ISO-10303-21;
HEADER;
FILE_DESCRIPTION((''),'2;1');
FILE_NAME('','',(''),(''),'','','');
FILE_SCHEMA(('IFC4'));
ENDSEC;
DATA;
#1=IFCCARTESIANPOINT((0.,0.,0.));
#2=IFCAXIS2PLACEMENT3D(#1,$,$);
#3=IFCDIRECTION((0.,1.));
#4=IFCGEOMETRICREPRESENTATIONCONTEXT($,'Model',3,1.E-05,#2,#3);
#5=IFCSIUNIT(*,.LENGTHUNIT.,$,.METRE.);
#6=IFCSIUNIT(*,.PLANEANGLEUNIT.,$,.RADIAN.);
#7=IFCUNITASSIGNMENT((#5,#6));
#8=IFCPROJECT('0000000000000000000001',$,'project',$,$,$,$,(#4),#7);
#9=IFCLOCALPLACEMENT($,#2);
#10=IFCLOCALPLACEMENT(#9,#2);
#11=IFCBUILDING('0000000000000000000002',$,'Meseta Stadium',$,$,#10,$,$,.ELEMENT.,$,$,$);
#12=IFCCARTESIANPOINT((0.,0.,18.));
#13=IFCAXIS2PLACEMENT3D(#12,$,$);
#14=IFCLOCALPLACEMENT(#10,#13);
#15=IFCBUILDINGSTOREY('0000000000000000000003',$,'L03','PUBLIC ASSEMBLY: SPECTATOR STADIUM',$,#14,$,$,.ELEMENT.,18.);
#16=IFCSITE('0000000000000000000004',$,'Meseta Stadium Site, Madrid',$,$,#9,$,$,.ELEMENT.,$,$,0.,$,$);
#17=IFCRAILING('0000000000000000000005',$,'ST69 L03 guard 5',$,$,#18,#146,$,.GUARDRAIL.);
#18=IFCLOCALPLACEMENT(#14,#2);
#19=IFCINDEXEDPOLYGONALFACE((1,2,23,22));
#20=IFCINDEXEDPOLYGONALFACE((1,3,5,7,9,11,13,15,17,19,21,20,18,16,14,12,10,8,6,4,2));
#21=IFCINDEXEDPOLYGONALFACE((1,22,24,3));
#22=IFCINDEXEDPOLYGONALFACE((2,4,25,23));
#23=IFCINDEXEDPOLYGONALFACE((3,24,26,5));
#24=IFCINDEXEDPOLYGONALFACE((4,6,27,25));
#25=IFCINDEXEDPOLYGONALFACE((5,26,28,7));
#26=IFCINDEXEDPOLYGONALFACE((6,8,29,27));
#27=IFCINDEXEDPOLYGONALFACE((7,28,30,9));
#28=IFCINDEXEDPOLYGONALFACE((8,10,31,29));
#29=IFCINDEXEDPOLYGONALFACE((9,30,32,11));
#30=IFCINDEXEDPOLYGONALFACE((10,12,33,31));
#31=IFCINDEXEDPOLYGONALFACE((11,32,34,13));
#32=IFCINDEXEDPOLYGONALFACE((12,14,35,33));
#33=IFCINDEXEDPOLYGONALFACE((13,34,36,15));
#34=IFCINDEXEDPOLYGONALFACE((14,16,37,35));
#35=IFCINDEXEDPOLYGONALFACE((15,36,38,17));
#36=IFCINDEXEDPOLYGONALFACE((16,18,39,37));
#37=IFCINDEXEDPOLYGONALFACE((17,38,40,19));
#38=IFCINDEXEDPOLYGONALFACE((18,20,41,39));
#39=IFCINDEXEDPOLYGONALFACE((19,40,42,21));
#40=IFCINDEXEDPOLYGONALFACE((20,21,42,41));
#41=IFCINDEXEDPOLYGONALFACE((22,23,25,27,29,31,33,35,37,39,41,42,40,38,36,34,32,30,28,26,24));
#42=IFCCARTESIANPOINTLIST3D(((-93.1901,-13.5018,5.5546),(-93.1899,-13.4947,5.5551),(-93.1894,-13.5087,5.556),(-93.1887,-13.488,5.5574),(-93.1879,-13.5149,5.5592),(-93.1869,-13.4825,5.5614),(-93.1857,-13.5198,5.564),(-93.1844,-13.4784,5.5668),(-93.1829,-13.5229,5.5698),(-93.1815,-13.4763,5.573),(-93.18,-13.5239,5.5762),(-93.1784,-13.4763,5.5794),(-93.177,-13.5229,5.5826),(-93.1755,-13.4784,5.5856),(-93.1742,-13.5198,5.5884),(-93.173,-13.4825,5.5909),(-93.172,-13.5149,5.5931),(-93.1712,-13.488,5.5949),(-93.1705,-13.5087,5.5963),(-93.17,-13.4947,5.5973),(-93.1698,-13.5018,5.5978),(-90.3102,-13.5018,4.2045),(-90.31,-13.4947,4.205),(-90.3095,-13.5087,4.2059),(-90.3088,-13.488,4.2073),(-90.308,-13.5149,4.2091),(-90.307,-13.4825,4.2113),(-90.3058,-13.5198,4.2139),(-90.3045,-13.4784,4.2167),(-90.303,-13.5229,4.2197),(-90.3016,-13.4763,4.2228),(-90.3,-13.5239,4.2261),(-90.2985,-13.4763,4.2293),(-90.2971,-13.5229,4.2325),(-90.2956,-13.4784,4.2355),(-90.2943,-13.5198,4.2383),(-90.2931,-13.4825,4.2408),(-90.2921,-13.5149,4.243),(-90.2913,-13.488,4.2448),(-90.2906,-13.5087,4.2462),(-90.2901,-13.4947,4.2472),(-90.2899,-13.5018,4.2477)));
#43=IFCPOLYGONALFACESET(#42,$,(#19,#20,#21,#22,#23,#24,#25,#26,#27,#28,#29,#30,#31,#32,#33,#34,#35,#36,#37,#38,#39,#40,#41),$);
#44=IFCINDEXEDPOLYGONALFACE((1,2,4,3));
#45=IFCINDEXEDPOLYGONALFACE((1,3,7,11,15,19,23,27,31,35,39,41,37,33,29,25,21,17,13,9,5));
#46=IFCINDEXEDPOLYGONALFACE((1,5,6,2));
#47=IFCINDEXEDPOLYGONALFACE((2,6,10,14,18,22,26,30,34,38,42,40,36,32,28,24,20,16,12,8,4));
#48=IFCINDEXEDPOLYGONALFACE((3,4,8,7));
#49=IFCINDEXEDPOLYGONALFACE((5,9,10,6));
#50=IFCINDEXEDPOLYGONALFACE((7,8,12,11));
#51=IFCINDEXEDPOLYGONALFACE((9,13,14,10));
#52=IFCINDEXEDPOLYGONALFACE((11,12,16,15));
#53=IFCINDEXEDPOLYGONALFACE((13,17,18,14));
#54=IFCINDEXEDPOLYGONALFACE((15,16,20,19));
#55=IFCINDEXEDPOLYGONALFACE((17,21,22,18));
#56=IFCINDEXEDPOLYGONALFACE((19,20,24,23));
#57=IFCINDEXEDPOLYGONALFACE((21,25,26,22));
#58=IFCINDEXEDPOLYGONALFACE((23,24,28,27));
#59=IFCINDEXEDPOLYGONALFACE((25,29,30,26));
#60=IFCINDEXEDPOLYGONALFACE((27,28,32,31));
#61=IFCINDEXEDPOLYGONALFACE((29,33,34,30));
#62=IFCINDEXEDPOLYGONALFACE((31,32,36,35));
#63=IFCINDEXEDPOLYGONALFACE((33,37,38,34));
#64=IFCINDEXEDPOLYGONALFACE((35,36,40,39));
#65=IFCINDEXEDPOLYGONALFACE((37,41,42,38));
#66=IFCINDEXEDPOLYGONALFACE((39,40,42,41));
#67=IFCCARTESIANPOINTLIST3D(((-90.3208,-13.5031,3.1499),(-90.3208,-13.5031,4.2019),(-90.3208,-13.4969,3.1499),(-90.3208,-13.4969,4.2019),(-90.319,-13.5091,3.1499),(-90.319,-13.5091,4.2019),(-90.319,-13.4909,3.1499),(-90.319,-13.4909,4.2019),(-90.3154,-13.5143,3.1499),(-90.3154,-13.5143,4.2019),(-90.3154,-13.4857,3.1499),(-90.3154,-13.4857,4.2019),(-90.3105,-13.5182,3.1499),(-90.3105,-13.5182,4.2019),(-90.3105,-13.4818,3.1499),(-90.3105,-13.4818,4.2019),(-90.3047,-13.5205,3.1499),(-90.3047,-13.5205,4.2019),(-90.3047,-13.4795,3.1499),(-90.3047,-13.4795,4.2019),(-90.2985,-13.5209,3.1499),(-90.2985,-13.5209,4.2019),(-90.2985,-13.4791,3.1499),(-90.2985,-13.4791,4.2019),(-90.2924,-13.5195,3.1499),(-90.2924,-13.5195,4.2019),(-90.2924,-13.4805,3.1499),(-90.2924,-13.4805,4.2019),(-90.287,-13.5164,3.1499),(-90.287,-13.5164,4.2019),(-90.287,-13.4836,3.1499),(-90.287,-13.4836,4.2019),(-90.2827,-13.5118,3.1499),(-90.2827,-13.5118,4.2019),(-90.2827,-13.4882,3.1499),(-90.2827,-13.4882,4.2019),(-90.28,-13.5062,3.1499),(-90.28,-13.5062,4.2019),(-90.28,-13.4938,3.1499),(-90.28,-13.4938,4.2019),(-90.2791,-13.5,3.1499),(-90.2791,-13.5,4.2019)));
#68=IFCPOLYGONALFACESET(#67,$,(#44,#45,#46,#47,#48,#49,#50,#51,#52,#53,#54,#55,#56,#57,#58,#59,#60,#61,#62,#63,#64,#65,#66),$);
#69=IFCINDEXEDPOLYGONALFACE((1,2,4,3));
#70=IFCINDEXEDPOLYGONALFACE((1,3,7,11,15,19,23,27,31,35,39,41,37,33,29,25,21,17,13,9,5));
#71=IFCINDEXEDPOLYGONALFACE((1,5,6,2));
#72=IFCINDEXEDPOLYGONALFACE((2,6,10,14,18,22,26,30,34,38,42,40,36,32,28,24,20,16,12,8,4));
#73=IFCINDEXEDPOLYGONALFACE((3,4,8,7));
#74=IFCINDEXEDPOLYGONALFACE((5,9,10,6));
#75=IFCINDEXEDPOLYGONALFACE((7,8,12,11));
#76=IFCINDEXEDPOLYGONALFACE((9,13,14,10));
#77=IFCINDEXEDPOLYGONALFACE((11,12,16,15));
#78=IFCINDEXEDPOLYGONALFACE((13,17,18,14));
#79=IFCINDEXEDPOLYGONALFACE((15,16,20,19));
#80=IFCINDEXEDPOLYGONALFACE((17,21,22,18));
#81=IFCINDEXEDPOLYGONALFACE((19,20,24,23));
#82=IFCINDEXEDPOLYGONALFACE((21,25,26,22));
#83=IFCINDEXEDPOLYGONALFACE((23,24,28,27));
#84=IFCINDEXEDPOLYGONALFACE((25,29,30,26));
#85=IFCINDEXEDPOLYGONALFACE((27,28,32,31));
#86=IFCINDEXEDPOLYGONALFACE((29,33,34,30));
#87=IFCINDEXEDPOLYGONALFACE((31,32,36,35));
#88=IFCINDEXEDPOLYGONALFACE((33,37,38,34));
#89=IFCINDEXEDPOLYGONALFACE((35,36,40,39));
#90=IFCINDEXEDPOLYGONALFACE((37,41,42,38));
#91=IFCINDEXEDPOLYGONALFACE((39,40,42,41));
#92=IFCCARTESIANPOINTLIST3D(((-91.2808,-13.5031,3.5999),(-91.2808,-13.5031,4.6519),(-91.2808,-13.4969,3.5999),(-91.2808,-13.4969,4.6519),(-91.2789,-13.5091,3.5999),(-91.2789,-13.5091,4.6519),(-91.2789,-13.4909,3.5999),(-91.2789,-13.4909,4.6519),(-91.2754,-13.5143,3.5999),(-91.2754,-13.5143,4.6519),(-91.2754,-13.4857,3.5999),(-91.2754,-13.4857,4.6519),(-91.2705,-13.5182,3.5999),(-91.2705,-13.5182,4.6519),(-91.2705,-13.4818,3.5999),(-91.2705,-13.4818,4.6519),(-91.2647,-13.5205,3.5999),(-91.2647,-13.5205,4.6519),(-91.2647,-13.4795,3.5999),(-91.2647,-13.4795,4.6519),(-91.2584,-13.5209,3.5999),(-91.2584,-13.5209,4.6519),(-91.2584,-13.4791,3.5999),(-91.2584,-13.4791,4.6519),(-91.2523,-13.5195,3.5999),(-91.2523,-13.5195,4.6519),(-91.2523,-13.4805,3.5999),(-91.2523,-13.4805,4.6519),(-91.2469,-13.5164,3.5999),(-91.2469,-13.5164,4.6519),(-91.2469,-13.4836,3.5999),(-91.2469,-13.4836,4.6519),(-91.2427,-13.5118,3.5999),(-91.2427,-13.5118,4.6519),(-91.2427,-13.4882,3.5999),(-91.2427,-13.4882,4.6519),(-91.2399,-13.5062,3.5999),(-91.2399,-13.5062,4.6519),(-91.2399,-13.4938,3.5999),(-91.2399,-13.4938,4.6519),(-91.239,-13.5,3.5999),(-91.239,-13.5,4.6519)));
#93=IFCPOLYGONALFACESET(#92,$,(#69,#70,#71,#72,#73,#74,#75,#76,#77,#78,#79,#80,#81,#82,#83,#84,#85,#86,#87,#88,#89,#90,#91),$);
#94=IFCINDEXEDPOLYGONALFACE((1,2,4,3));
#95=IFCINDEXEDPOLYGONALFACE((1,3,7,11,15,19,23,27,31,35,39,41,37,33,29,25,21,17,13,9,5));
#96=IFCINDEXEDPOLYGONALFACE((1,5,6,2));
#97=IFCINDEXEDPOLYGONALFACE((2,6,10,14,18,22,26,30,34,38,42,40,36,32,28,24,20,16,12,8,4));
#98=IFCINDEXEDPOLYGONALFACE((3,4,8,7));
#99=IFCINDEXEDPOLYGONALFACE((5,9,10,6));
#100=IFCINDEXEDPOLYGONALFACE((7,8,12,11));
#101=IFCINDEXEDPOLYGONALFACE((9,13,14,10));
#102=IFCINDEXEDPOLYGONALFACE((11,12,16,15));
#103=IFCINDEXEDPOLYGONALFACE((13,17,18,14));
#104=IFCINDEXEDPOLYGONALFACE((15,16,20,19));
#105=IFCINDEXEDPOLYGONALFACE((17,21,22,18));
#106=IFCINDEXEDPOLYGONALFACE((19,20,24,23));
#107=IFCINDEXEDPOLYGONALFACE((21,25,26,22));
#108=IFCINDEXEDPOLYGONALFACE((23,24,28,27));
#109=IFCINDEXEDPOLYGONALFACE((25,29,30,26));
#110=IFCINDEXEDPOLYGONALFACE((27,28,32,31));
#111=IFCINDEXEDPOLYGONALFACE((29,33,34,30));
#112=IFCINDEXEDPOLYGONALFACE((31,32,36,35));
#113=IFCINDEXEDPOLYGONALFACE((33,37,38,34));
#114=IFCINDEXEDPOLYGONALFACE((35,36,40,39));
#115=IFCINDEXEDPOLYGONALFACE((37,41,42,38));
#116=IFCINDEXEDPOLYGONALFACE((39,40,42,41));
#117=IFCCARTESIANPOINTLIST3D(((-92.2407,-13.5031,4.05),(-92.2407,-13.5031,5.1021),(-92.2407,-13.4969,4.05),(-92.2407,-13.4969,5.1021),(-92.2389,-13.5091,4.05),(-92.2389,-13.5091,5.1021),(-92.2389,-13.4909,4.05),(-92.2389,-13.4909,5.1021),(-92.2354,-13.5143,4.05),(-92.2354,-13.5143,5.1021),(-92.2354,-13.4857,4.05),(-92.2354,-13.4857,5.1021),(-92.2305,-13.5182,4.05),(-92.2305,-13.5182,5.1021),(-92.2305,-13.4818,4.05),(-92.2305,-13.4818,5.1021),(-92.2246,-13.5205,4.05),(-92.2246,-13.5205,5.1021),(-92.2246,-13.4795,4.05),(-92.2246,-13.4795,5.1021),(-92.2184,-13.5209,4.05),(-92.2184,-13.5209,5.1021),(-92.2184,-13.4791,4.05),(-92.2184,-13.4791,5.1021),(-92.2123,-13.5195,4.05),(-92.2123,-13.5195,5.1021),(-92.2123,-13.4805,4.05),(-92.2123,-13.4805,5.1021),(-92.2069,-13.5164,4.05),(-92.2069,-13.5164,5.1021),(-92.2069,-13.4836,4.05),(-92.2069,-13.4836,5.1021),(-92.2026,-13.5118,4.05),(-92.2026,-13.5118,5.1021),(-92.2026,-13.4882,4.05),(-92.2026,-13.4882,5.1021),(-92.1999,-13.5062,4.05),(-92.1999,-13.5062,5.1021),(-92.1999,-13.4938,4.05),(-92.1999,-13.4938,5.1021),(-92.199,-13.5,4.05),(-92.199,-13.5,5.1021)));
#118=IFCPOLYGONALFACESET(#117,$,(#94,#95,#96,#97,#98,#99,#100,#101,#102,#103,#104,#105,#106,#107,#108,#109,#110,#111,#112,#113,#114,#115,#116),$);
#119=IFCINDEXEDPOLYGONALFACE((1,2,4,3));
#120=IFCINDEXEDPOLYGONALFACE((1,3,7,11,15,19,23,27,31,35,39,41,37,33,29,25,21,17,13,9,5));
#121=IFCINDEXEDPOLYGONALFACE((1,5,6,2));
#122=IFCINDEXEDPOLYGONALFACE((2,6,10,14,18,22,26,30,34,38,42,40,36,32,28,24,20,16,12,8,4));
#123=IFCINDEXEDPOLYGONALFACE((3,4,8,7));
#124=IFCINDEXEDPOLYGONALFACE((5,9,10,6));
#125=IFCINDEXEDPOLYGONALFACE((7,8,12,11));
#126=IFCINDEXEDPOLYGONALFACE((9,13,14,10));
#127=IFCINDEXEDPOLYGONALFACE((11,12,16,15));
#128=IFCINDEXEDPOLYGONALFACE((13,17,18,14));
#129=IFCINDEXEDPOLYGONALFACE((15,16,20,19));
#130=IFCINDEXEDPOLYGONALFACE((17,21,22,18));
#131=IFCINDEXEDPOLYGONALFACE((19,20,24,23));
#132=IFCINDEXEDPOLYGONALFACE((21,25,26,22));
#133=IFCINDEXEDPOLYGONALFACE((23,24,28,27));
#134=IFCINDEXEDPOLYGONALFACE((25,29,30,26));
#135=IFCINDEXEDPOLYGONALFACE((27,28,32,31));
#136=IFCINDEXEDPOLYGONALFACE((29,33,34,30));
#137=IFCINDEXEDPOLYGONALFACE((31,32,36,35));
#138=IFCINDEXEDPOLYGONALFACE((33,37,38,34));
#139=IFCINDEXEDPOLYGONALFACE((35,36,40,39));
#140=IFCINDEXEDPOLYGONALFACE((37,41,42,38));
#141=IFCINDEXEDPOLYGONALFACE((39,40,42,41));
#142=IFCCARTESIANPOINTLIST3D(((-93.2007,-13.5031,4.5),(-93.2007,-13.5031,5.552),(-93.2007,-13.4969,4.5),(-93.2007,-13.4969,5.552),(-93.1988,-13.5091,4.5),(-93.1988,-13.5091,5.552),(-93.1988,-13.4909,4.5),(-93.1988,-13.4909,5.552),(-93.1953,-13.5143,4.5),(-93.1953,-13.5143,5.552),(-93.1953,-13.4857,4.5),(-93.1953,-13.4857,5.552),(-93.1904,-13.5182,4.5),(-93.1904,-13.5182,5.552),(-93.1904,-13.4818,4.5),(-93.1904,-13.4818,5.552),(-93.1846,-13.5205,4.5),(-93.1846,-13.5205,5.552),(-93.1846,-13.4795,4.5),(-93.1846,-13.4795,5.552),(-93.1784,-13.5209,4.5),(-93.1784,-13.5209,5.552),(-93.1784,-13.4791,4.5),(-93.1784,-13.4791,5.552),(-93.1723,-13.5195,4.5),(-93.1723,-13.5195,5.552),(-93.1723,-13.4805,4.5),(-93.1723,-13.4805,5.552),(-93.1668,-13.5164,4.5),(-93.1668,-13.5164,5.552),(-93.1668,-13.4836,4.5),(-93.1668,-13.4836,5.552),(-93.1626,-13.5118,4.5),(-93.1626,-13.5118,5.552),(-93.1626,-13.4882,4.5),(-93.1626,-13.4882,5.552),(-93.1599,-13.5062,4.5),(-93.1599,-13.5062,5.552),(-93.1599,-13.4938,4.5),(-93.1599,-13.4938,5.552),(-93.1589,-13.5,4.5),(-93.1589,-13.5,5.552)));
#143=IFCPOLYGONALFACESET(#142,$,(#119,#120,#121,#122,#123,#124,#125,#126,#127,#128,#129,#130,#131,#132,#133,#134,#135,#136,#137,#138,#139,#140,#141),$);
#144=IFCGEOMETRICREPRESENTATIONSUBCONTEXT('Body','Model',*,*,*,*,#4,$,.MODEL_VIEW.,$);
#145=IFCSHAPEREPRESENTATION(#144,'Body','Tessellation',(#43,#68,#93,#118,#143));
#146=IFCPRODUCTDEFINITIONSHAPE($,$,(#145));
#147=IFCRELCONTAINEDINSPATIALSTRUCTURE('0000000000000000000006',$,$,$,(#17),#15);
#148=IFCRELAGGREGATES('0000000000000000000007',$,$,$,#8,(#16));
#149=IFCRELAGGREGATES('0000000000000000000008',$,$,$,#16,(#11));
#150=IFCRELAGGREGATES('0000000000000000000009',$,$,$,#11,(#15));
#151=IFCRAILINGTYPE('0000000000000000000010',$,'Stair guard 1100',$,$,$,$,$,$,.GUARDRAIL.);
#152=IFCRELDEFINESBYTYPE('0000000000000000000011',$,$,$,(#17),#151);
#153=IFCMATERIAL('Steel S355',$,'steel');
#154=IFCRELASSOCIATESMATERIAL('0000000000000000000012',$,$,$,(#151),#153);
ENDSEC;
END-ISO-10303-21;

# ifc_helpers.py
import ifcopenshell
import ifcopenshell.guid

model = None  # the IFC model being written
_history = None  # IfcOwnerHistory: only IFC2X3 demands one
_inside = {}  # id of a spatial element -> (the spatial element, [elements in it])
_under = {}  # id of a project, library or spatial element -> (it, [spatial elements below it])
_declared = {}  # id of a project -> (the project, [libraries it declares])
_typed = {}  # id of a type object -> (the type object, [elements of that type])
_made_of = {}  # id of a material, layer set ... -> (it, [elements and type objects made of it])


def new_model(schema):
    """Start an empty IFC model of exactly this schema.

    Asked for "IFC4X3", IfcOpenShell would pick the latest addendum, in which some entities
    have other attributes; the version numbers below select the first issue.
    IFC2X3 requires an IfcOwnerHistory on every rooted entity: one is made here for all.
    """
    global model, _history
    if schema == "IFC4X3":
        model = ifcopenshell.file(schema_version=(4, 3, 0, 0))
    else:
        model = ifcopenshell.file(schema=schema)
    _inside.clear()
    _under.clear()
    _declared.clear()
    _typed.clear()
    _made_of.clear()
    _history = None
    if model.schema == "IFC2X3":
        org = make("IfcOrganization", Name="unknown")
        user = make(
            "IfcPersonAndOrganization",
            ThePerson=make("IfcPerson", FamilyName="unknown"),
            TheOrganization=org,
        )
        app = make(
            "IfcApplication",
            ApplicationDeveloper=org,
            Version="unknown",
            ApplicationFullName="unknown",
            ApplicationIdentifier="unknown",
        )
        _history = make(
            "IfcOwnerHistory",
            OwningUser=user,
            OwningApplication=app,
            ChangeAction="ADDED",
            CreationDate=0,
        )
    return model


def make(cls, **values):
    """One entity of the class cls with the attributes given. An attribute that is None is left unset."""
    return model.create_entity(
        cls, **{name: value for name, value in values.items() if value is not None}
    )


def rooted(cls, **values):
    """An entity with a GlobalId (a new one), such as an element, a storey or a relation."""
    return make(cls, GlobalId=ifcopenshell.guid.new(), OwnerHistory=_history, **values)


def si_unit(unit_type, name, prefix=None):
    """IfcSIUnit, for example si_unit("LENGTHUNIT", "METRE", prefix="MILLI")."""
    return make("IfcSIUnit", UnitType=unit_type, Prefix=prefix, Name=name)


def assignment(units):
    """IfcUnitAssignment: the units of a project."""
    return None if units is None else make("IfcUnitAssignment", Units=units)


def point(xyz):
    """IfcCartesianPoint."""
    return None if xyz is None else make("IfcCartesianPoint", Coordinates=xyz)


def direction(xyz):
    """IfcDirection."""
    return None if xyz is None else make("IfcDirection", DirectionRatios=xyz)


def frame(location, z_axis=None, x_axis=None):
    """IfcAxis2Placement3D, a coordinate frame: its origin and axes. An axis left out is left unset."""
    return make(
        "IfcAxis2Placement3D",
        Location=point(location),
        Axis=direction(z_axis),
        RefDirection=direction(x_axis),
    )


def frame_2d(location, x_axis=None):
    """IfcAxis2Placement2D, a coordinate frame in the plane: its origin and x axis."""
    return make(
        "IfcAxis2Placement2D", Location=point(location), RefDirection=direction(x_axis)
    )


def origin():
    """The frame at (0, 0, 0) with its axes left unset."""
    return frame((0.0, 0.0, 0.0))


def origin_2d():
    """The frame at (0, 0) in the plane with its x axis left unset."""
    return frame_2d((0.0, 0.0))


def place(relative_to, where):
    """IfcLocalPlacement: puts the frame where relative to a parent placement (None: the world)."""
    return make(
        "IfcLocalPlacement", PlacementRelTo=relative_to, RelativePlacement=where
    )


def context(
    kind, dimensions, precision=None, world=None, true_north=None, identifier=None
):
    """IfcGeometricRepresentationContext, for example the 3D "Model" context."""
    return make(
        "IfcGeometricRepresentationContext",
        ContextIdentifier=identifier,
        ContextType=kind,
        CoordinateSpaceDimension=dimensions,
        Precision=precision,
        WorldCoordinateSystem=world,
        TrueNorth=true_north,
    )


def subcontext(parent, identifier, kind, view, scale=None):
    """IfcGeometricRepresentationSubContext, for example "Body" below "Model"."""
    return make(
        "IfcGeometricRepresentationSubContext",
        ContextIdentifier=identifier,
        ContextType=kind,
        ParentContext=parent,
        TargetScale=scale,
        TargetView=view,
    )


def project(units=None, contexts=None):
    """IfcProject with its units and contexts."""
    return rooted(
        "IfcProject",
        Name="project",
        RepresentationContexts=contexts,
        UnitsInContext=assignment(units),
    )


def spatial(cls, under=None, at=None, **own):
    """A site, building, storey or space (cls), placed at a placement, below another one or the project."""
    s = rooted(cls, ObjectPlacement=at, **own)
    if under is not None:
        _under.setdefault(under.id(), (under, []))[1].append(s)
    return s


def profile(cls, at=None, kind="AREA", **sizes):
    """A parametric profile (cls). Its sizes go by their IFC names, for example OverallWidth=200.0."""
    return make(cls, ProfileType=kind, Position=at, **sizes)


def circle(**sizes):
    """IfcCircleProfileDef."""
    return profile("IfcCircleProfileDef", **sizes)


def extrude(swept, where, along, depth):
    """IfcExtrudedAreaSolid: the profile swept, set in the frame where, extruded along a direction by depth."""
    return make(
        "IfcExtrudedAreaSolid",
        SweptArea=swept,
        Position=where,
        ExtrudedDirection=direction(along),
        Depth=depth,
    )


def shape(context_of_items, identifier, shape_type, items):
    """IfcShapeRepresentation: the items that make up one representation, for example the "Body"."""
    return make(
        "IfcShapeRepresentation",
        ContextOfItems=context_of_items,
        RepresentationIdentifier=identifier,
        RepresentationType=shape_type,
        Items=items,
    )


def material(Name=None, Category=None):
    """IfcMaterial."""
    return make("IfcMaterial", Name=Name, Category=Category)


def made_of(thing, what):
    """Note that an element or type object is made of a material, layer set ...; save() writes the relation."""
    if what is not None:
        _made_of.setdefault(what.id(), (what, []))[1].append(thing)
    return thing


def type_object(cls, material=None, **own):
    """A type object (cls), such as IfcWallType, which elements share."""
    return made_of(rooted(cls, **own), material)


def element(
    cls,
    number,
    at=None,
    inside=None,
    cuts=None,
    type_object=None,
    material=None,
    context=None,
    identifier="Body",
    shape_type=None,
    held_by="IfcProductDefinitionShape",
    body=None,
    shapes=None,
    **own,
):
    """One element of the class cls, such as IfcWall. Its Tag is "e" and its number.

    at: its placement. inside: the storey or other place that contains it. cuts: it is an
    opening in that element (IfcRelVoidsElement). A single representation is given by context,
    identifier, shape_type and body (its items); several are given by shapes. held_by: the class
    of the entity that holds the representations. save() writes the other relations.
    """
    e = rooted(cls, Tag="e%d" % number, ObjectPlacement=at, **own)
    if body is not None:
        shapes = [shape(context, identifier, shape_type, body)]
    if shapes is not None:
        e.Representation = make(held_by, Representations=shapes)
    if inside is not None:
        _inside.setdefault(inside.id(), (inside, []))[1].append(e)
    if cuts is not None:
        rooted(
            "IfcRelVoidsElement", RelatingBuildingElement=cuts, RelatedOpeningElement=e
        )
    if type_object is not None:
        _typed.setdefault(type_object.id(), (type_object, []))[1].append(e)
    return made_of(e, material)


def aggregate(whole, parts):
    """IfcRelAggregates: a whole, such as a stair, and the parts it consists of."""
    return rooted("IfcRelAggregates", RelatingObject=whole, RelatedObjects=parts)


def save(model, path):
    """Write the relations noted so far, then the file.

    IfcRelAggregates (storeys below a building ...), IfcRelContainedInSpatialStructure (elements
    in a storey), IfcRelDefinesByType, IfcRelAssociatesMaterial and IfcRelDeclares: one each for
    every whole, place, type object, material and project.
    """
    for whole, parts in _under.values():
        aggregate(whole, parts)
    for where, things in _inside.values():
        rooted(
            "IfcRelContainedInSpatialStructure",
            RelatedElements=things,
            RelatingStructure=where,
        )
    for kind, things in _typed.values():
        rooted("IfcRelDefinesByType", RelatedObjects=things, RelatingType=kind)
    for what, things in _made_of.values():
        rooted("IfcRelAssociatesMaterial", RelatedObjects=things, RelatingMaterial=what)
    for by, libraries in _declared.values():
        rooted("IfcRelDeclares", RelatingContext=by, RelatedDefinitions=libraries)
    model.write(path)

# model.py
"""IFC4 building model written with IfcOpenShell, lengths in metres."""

from ifc_helpers import new_model, si_unit, direction, frame, origin, origin_2d, place, context, subcontext, project, spatial, circle, extrude, material, type_object, element, save


model = new_model("IFC4")

# Units and contexts
model_context = context("Model", 3, precision=1e-05, world=origin(), true_north=direction((0.0, 1.0)))
body_context = subcontext(model_context, "Body", "Model", "MODEL_VIEW")
ifc_project = project(units=[si_unit("LENGTHUNIT", "METRE"), si_unit("PLANEANGLEUNIT", "RADIAN")], contexts=[model_context])

# Site, building, storey
site_placement = place(None, origin())
site = spatial("IfcSite", under=ifc_project, at=site_placement, Name="Meseta Stadium Site, Madrid", CompositionType="ELEMENT", RefElevation=0.0)
building_placement = place(site_placement, origin())
building = spatial("IfcBuilding", under=site, at=building_placement, Name="Meseta Stadium", CompositionType="ELEMENT")
storey_placement = place(building_placement, frame((0.0, 0.0, 18.0)))
storey = spatial("IfcBuildingStorey", under=building, at=storey_placement, Name="L03", Description="PUBLIC ASSEMBLY: SPECTATOR STADIUM", CompositionType="ELEMENT", Elevation=18.0)

# Railing
ifc_material_1 = material(Name="Steel S355", Category="steel")
railing_type_1 = type_object("IfcRailingType", Name="Stair guard 1100", PredefinedType="GUARDRAIL", material=ifc_material_1)
railing_1_placement = place(storey_placement, frame((-90.3, -13.5, 3.1499)))
element("IfcRailing", 1, at=railing_1_placement, inside=storey, type_object=railing_type_1, Name="ST69 L03 guard 5", PredefinedType="GUARDRAIL", context=body_context, shape_type="SweptSolid", body=[
    extrude(circle(Radius=0.0239, at=origin_2d()), frame((0.0, 0.0, 1.0762), z_axis=(-0.90544, 0.0, 0.424473), x_axis=(0.0, -1.0, 0.0)), (0.0, 0.0, 1.0), 3.1807),
    extrude(circle(Radius=0.021, at=origin_2d()), origin(), (0.0, 0.0, 1.0), 1.052),
    extrude(circle(Radius=0.021, at=origin_2d()), frame((-0.96, 0.0, 0.45)), (0.0, 0.0, 1.0), 1.052),
    extrude(circle(Radius=0.021, at=origin_2d()), frame((-1.9199, 0.0, 0.9001)), (0.0, 0.0, 1.0), 1.052),
    extrude(circle(Radius=0.021, at=origin_2d()), frame((-2.8799, 0.0, 1.3501)), (0.0, 0.0, 1.0), 1.052),
])

save(model, "model.ifc")
